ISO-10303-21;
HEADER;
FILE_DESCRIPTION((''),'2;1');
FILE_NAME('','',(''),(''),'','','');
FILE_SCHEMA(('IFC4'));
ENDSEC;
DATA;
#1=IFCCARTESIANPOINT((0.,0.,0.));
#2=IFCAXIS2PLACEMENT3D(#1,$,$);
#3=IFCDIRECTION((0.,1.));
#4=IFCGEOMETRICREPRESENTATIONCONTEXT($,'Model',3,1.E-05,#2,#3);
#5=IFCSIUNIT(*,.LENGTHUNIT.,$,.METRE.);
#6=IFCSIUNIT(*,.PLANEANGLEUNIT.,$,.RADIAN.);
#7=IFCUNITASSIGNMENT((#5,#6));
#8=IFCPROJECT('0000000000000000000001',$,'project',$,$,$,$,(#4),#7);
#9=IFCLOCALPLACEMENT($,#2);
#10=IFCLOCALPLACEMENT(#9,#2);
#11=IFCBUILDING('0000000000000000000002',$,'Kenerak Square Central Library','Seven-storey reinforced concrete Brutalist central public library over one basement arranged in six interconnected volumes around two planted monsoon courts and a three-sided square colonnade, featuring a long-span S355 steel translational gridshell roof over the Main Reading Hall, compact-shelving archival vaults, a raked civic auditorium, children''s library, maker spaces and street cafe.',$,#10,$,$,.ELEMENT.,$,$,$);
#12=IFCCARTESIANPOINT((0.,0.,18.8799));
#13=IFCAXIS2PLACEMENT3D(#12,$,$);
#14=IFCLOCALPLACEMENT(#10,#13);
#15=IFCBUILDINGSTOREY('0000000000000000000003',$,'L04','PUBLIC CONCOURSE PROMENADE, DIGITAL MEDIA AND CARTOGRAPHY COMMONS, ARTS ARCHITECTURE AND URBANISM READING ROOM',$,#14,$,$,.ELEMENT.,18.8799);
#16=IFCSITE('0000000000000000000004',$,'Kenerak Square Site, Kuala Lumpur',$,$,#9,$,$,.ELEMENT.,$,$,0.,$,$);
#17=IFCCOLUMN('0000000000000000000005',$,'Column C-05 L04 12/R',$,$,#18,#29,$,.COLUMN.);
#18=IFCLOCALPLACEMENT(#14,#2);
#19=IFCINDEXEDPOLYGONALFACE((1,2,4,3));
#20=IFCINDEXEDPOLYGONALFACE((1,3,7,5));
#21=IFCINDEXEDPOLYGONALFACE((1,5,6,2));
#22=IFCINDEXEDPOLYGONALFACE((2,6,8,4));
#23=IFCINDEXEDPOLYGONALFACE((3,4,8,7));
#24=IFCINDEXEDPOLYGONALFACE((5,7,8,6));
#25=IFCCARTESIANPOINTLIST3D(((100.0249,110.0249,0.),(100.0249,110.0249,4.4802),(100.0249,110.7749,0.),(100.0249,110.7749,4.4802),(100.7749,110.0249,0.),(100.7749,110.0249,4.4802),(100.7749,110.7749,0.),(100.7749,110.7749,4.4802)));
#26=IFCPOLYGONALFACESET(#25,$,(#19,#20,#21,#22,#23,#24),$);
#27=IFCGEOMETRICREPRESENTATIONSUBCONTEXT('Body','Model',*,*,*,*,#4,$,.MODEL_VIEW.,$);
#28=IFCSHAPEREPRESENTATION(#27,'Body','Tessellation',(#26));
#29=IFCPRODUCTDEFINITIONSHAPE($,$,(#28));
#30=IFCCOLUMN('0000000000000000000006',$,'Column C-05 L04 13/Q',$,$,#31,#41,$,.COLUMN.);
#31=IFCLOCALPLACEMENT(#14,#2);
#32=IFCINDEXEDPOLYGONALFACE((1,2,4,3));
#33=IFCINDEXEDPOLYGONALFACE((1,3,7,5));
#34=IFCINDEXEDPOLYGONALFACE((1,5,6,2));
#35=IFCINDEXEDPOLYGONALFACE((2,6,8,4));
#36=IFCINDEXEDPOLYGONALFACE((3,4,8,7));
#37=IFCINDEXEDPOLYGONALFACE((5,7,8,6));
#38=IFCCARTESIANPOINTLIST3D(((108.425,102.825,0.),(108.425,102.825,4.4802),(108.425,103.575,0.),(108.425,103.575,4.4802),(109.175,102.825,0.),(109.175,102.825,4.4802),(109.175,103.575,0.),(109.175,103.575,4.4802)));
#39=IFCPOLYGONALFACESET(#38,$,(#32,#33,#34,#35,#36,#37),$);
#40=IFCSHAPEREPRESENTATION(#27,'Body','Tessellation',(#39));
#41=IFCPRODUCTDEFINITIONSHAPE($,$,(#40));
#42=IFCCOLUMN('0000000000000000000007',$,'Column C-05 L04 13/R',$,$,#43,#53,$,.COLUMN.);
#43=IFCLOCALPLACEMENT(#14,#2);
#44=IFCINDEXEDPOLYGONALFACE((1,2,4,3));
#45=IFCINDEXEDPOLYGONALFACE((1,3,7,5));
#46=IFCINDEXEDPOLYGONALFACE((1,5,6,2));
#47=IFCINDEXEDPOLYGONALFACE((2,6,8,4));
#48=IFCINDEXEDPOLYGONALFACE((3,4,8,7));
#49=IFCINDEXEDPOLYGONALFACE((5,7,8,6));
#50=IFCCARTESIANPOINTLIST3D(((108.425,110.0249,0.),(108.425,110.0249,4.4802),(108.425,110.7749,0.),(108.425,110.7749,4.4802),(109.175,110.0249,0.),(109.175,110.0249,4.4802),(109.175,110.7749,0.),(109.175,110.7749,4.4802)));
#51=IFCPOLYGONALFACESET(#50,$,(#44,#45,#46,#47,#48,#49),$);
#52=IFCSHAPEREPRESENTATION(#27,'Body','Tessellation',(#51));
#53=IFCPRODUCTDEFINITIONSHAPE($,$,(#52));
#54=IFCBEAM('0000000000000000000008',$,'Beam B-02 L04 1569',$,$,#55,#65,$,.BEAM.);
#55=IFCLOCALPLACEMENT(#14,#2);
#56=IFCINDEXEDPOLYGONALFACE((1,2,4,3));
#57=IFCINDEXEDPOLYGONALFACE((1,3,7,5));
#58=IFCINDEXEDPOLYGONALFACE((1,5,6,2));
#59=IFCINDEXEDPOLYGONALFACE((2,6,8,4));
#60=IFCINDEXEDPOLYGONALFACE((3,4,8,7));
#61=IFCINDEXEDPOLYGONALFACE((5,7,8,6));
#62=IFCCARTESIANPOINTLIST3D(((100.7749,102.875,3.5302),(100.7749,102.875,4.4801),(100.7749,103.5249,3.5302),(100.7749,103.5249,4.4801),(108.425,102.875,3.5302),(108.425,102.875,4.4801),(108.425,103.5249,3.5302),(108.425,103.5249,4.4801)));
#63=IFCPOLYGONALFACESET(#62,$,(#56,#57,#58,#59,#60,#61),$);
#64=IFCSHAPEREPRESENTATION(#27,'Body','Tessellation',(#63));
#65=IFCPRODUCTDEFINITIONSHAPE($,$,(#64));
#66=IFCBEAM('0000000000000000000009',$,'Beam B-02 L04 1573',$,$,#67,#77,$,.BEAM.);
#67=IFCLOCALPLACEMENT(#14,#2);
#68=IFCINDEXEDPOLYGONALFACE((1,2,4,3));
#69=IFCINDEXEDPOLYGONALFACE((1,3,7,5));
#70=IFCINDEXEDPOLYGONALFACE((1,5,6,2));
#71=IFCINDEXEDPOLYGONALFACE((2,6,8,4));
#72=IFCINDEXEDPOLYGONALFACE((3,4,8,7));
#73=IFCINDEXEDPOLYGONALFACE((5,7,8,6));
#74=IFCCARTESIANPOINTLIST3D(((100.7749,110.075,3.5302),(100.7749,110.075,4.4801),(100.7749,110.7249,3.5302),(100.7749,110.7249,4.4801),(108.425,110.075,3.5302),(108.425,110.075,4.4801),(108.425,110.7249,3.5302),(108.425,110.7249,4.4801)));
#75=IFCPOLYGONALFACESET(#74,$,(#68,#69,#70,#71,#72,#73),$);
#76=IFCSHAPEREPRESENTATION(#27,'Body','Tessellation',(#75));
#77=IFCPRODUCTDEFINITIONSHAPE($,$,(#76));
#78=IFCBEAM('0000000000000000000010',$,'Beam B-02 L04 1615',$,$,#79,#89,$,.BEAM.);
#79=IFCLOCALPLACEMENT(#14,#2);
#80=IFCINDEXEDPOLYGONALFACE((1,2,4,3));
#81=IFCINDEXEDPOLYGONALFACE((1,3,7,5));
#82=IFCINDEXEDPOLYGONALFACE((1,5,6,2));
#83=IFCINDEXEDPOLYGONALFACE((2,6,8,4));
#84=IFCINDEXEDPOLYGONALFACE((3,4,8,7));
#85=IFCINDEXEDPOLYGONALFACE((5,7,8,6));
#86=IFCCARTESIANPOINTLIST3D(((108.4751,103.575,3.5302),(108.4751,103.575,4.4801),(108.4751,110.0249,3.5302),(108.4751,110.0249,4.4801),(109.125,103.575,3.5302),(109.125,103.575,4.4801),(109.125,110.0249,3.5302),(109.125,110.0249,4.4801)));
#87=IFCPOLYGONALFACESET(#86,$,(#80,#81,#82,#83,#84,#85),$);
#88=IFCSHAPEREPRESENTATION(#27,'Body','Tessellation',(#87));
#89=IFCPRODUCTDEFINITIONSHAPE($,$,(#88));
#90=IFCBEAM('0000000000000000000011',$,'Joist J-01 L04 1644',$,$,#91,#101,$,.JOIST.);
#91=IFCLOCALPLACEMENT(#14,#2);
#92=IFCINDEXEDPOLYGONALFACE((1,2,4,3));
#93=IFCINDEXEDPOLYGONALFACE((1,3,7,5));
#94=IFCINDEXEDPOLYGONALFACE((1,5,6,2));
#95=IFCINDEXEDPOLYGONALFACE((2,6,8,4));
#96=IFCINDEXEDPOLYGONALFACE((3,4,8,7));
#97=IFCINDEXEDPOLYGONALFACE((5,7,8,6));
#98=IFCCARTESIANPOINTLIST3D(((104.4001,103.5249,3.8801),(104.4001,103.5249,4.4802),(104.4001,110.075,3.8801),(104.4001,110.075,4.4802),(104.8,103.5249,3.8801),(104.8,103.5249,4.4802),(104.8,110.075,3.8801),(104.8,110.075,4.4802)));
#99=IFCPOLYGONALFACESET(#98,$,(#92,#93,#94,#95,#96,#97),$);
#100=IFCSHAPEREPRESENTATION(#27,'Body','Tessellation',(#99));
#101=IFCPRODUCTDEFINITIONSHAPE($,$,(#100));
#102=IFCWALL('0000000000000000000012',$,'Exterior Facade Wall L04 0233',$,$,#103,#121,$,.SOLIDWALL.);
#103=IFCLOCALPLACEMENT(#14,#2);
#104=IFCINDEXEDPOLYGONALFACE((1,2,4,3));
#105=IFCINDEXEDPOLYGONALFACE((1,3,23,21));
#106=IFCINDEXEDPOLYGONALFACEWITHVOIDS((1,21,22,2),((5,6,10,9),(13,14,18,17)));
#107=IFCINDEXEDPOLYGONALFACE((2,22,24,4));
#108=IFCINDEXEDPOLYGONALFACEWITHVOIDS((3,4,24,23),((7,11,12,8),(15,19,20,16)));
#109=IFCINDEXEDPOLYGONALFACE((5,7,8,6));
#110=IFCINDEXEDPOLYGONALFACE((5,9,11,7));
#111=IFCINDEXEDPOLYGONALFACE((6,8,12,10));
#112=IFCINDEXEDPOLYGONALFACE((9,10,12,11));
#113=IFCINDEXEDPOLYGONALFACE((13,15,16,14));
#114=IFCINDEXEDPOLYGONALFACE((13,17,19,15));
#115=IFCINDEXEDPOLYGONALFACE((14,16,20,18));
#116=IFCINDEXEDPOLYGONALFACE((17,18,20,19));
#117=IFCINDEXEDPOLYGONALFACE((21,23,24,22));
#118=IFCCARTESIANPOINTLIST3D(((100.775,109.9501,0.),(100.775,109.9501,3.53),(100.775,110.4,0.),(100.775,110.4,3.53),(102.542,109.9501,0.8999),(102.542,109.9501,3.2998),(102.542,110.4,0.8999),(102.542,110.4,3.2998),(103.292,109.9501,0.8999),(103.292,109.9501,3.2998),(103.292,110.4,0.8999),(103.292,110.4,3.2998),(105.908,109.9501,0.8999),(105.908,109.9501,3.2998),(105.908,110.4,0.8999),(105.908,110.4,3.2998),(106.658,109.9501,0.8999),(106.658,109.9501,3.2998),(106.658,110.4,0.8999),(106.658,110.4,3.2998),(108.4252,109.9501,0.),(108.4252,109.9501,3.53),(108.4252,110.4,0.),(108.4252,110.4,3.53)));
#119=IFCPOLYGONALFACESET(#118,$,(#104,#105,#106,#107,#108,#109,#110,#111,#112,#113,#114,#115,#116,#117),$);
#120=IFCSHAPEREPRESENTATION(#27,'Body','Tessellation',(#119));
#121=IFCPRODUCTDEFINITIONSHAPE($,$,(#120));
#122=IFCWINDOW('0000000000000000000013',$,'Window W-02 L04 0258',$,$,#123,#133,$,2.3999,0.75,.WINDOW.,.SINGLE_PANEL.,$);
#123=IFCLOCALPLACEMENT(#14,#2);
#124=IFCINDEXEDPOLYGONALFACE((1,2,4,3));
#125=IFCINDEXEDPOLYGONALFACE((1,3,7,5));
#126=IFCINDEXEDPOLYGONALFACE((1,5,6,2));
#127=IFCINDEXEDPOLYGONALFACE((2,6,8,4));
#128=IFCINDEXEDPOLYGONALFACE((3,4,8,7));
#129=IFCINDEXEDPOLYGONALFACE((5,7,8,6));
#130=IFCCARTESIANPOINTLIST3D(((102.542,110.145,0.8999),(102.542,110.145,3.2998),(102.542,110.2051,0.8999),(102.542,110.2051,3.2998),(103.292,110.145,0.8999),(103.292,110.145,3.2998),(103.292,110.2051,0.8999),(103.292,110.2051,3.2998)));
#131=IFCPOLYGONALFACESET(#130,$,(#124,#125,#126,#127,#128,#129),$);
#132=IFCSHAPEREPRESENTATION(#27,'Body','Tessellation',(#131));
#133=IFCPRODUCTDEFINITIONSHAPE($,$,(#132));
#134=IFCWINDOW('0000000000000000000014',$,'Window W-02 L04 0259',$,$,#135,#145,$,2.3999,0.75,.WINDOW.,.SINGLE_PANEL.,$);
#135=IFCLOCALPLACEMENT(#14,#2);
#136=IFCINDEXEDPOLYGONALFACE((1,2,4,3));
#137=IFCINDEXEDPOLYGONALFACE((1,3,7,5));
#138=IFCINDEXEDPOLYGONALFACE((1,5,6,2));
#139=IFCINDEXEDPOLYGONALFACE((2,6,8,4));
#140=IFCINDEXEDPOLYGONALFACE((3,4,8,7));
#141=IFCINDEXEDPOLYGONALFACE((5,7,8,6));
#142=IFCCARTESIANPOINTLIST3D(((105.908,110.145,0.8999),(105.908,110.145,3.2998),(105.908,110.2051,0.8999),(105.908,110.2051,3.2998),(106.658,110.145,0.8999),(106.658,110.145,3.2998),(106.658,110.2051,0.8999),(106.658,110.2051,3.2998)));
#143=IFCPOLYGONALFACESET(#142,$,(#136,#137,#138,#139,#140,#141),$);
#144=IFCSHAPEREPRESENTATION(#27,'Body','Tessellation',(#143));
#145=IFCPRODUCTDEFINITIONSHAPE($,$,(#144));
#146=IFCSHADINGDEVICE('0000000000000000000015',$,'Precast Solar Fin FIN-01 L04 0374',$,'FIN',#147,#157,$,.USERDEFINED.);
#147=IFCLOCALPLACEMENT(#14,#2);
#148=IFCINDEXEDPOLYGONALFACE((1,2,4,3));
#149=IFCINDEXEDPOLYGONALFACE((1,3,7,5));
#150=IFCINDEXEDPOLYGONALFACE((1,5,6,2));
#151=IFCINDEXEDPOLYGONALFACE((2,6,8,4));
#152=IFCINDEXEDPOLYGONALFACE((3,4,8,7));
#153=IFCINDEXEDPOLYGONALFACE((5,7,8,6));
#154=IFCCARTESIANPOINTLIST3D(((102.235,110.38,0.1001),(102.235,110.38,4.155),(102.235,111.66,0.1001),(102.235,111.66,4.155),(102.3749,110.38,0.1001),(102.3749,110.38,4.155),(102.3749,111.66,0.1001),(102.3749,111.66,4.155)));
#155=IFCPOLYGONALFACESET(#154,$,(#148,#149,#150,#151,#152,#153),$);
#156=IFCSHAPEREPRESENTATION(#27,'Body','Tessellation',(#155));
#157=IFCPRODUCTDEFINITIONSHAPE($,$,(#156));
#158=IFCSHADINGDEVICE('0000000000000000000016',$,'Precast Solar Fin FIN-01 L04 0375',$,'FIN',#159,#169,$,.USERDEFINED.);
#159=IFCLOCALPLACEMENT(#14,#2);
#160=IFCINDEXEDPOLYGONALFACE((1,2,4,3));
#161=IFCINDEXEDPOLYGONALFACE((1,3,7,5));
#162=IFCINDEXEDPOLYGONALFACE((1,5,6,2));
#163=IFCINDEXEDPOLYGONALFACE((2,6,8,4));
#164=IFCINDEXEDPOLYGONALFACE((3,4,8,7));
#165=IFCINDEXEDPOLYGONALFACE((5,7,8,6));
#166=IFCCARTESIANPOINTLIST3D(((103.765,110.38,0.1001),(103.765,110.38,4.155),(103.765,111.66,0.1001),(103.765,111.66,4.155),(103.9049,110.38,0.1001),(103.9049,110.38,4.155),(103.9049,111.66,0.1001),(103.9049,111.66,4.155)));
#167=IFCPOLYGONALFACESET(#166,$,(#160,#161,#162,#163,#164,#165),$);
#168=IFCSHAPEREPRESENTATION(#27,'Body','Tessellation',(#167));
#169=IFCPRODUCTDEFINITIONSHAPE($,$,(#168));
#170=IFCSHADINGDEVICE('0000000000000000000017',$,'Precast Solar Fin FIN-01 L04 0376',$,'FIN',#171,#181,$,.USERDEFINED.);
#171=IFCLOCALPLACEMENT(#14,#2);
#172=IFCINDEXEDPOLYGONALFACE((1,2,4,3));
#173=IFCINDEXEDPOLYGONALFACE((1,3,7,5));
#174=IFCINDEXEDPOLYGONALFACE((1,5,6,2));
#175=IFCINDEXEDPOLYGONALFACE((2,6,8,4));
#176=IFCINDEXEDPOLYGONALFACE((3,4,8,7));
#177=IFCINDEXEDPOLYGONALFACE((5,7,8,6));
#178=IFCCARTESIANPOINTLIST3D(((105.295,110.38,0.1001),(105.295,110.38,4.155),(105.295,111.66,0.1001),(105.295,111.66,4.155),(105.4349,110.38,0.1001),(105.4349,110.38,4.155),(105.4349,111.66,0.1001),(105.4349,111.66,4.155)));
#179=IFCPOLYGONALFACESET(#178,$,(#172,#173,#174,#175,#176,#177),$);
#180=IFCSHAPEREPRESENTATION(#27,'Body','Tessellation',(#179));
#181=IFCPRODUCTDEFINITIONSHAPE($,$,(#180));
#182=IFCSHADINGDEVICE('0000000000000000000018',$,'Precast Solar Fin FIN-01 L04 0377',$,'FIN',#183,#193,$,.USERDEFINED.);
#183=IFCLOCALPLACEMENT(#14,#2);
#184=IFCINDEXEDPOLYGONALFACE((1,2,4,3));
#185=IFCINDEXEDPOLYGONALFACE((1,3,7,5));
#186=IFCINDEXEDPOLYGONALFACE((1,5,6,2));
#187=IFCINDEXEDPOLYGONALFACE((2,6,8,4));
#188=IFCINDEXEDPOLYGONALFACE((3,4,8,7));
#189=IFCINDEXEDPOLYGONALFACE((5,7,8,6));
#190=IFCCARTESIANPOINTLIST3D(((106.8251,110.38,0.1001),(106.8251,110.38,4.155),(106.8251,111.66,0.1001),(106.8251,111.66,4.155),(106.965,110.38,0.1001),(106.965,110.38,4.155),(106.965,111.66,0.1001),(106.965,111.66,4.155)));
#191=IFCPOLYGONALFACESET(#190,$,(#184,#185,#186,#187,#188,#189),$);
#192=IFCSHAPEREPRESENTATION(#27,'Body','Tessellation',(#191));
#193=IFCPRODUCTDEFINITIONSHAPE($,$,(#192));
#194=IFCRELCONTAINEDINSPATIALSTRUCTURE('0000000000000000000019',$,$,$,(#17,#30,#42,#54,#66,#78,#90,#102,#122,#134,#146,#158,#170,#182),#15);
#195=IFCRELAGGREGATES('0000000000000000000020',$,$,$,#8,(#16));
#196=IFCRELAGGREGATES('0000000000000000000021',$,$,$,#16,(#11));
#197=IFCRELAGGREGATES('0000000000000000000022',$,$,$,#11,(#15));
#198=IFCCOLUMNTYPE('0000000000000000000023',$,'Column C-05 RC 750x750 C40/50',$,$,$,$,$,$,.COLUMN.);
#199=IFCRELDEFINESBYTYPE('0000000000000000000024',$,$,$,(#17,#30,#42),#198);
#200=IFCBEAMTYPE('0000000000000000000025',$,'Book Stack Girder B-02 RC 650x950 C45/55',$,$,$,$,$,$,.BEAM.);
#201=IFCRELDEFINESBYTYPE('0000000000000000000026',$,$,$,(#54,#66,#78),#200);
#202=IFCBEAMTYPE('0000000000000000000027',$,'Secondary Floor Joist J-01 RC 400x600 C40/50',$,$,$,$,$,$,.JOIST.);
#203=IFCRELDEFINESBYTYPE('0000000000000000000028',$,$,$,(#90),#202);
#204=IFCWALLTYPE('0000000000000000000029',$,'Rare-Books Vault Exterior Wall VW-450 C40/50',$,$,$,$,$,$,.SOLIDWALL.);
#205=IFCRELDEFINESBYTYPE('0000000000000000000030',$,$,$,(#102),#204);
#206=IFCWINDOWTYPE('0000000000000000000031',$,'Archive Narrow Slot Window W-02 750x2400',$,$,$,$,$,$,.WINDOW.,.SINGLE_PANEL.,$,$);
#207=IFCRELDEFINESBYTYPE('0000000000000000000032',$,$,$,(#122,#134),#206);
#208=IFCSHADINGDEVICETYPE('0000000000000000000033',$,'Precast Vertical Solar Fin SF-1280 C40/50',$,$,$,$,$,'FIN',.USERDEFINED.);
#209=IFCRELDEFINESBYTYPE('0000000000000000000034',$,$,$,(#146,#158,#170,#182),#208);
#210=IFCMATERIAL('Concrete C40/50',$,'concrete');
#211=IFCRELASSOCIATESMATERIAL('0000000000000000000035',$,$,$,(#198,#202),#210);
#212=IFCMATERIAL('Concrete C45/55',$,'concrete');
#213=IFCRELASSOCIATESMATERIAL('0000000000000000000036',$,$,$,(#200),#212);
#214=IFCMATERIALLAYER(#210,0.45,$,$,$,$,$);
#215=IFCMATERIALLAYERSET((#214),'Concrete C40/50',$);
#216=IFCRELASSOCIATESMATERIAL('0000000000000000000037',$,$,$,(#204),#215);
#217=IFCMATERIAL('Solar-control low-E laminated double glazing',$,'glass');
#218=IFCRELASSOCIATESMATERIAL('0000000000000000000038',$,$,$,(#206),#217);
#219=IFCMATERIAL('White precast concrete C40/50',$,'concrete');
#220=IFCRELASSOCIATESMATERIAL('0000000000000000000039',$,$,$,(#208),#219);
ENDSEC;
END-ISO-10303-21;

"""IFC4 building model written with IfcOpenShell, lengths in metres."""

from ifc_helpers import new_model, si_unit, direction, frame, frame_2d, origin, origin_2d, place, context, subcontext, project, spatial, rectangle, extrude, material, layer, layer_set, material_profile, profile_set, type_object, element, fill, save


model = new_model("IFC4")

# Units and contexts
model_context = context("Model", 3, precision=1e-05, world=origin(), true_north=direction((0.0, 1.0)))
body_context = subcontext(model_context, "Body", "Model", "MODEL_VIEW")
ifc_project = project(units=[si_unit("LENGTHUNIT", "METRE"), si_unit("PLANEANGLEUNIT", "RADIAN")], contexts=[model_context])

# Site, building, storey
site_placement = place(None, origin())
site = spatial("IfcSite", under=ifc_project, at=site_placement, Name="Kenerak Square Site, Kuala Lumpur", CompositionType="ELEMENT", RefElevation=0.0)
building_placement = place(site_placement, origin())
building = spatial("IfcBuilding", under=site, at=building_placement, Name="Kenerak Square Central Library", Description="Seven-storey reinforced concrete Brutalist central public library over one basement arranged in six interconnected volumes around two planted monsoon courts and a three-sided square colonnade, featuring a long-span S355 steel translational gridshell roof over the Main Reading Hall, compact-shelving archival vaults, a raked civic auditorium, children's library, maker spaces and street cafe.", CompositionType="ELEMENT")
storey_placement = place(building_placement, frame((0.0, 0.0, 18.8799)))
storey = spatial("IfcBuildingStorey", under=building, at=storey_placement, Name="L04", Description="PUBLIC CONCOURSE PROMENADE, DIGITAL MEDIA AND CARTOGRAPHY COMMONS, ARTS ARCHITECTURE AND URBANISM READING ROOM", CompositionType="ELEMENT", Elevation=18.8799)

# Columns
ifc_material_1 = material(Name="Concrete C40/50", Category="concrete")
ifc_material_profile_1 = material_profile(ifc_material_1, rectangle(XDim=0.75, YDim=0.75, at=origin_2d()), Name="RC 750x750")
ifc_profile_set_1 = profile_set([ifc_material_profile_1], Name="Concrete C40/50")
column_type = type_object("IfcColumnType", Name="Column C-05 RC 750x750 C40/50", PredefinedType="COLUMN", material=ifc_profile_set_1)
for number, where, z_axis, x_axis, name in (
    (1, (100.3999, 110.3999, 0.0), (0.0, 0.0, 1.0), (1.0, 0.0, 0.0), "Column C-05 L04 12/R"),
    (2, (108.8, 103.2, 0.0), (0.0, 0.0, 1.0), (1.0, 0.0, 0.0), "Column C-05 L04 13/Q"),
    (3, (108.8, 110.3999, 0.0), (0.0, 0.0, 1.0), (1.0, 0.0, 0.0), "Column C-05 L04 13/R"),
):
    element("IfcColumn", number, at=place(storey_placement, frame(where, z_axis=z_axis, x_axis=x_axis)), inside=storey, type_object=column_type, Name=name, PredefinedType="COLUMN", context=body_context, shape_type="SweptSolid", body=[
        extrude(rectangle(XDim=0.75, YDim=0.75, at=origin_2d()), origin(), (0.0, 0.0, 1.0), 4.4802),
    ])

# Beams
ifc_material_2 = material(Name="Concrete C45/55", Category="concrete")
ifc_material_profile_2 = material_profile(ifc_material_2, rectangle(XDim=0.6499, YDim=0.95, at=origin_2d()), Name="RC 650x950")
ifc_profile_set_2 = profile_set([ifc_material_profile_2], Name="Concrete C45/55")
beam_type_1 = type_object("IfcBeamType", Name="Book Stack Girder B-02 RC 650x950 C45/55", PredefinedType="BEAM", material=ifc_profile_set_2)
for number, where, z_axis, x_axis, name in (
    (4, (100.7749, 103.2, 4.0051), (1.0, 0.0, 0.0), (0.0, 1.0, 0.0), "Beam B-02 L04 1569"),
    (5, (100.7749, 110.3999, 4.0051), (1.0, 0.0, 0.0), (0.0, 1.0, 0.0), "Beam B-02 L04 1573"),
):
    element("IfcBeam", number, at=place(storey_placement, frame(where, z_axis=z_axis, x_axis=x_axis)), inside=storey, type_object=beam_type_1, Name=name, PredefinedType="BEAM", context=body_context, shape_type="SweptSolid", body=[
        extrude(rectangle(XDim=0.6499, YDim=0.95, at=origin_2d()), origin(), (0.0, 0.0, 1.0), 7.6501),
    ])
beam_1_placement = place(storey_placement, frame((108.8, 103.575, 4.0051), z_axis=(0.0, 1.0, 0.0), x_axis=(-1.0, 0.0, 0.0)))
element("IfcBeam", 6, at=beam_1_placement, inside=storey, type_object=beam_type_1, Name="Beam B-02 L04 1615", PredefinedType="BEAM", context=body_context, shape_type="SweptSolid", body=[
    extrude(rectangle(XDim=0.6499, YDim=0.95, at=origin_2d()), origin(), (0.0, 0.0, 1.0), 6.45),
])
ifc_material_profile_3 = material_profile(ifc_material_1, rectangle(XDim=0.3999, YDim=0.6001, at=origin_2d()), Name="RC 400x600")
ifc_profile_set_3 = profile_set([ifc_material_profile_3], Name="Concrete C40/50")
beam_type_2 = type_object("IfcBeamType", Name="Secondary Floor Joist J-01 RC 400x600 C40/50", PredefinedType="JOIST", material=ifc_profile_set_3)
beam_2_placement = place(storey_placement, frame((104.6001, 103.5249, 4.1802), z_axis=(0.0, 1.0, 0.0), x_axis=(-1.0, 0.0, 0.0)))
element("IfcBeam", 7, at=beam_2_placement, inside=storey, type_object=beam_type_2, Name="Joist J-01 L04 1644", PredefinedType="JOIST", context=body_context, shape_type="SweptSolid", body=[
    extrude(rectangle(XDim=0.3999, YDim=0.6001, at=origin_2d()), origin(), (0.0, 0.0, 1.0), 6.55),
])

# Wall, openings, windows
ifc_layer = layer(ifc_material_1, 0.45)
ifc_layer_set = layer_set([ifc_layer], Name="Concrete C40/50")
wall_type = type_object("IfcWallType", Name="Rare-Books Vault Exterior Wall VW-450 C40/50", PredefinedType="SOLIDWALL", material=ifc_layer_set)
wall_placement = place(storey_placement, frame((100.7749, 110.175, 0.0), z_axis=(0.0, 0.0, 1.0), x_axis=(1.0, 0.0, 0.0)))
wall = element("IfcWall", 8, at=wall_placement, inside=storey, type_object=wall_type, Name="Exterior Facade Wall L04 0233", PredefinedType="SOLIDWALL", context=body_context, shape_type="SweptSolid", body=[
    extrude(rectangle(XDim=7.6501, YDim=0.45, at=frame_2d((3.8252, 0.0))), origin(), (0.0, 0.0, 1.0), 3.53),
])
opening_1_placement = place(wall_placement, frame((1.7671, 0.0, 0.8999)))
opening_1 = element("IfcOpeningElement", 9, at=opening_1_placement, cuts=wall, PredefinedType="OPENING", context=body_context, shape_type="SweptSolid", body=[
    extrude(rectangle(XDim=0.75, YDim=2.3999, at=frame_2d((0.375, 1.2))), frame((0.0, 0.2349, 0.0), z_axis=(0.0, -1.0, 0.0), x_axis=(1.0, 0.0, 0.0)), (0.0, 0.0, 1.0), 0.47),
])
opening_2_placement = place(wall_placement, frame((5.1331, 0.0, 0.8999)))
opening_2 = element("IfcOpeningElement", 10, at=opening_2_placement, cuts=wall, PredefinedType="OPENING", context=body_context, shape_type="SweptSolid", body=[
    extrude(rectangle(XDim=0.75, YDim=2.3999, at=frame_2d((0.375, 1.2))), frame((0.0, 0.2349, 0.0), z_axis=(0.0, -1.0, 0.0), x_axis=(1.0, 0.0, 0.0)), (0.0, 0.0, 1.0), 0.47),
])
ifc_material_3 = material(Name="Solar-control low-E laminated double glazing", Category="glass")
window_type = type_object("IfcWindowType", Name="Archive Narrow Slot Window W-02 750x2400", PartitioningType="SINGLE_PANEL", PredefinedType="WINDOW", material=ifc_material_3)
window_1_placement = place(opening_1_placement, origin())
window_1 = element("IfcWindow", 11, at=window_1_placement, inside=storey, type_object=window_type, Name="Window W-02 L04 0258", OverallHeight=2.3999, OverallWidth=0.75, PartitioningType="SINGLE_PANEL", PredefinedType="WINDOW", context=body_context, shape_type="SweptSolid", body=[
    extrude(rectangle(XDim=0.75, YDim=2.3999, at=frame_2d((0.375, 1.2))), frame((0.0, 0.03, 0.0), z_axis=(0.0, -1.0, 0.0), x_axis=(1.0, 0.0, 0.0)), (0.0, 0.0, 1.0), 0.0601),
])
fill(opening_1, window_1)
window_2_placement = place(opening_2_placement, origin())
window_2 = element("IfcWindow", 12, at=window_2_placement, inside=storey, type_object=window_type, Name="Window W-02 L04 0259", OverallHeight=2.3999, OverallWidth=0.75, PartitioningType="SINGLE_PANEL", PredefinedType="WINDOW", context=body_context, shape_type="SweptSolid", body=[
    extrude(rectangle(XDim=0.75, YDim=2.3999, at=frame_2d((0.375, 1.2))), frame((0.0, 0.03, 0.0), z_axis=(0.0, -1.0, 0.0), x_axis=(1.0, 0.0, 0.0)), (0.0, 0.0, 1.0), 0.0601),
])
fill(opening_2, window_2)

# Shading devices
ifc_material_4 = material(Name="White precast concrete C40/50", Category="concrete")
shading_device_type = type_object("IfcShadingDeviceType", Name="Precast Vertical Solar Fin SF-1280 C40/50", ElementType="FIN", PredefinedType="USERDEFINED", material=ifc_material_4)
for number, where, z_axis, x_axis, name in (
    (13, (102.3049, 111.02, 0.1001), (0.0, 0.0, 1.0), (1.0, 0.0, 0.0), "Precast Solar Fin FIN-01 L04 0374"),
    (14, (103.835, 111.02, 0.1001), (0.0, 0.0, 1.0), (1.0, 0.0, 0.0), "Precast Solar Fin FIN-01 L04 0375"),
    (15, (105.365, 111.02, 0.1001), (0.0, 0.0, 1.0), (1.0, 0.0, 0.0), "Precast Solar Fin FIN-01 L04 0376"),
    (16, (106.895, 111.02, 0.1001), (0.0, 0.0, 1.0), (1.0, 0.0, 0.0), "Precast Solar Fin FIN-01 L04 0377"),
):
    element("IfcShadingDevice", number, at=place(storey_placement, frame(where, z_axis=z_axis, x_axis=x_axis)), inside=storey, type_object=shading_device_type, Name=name, ObjectType="FIN", PredefinedType="USERDEFINED", context=body_context, shape_type="SweptSolid", body=[
        extrude(rectangle(XDim=0.1399, YDim=1.28, at=origin_2d()), origin(), (0.0, 0.0, 1.0), 4.0549),
    ])

save(model, "model.ifc")
